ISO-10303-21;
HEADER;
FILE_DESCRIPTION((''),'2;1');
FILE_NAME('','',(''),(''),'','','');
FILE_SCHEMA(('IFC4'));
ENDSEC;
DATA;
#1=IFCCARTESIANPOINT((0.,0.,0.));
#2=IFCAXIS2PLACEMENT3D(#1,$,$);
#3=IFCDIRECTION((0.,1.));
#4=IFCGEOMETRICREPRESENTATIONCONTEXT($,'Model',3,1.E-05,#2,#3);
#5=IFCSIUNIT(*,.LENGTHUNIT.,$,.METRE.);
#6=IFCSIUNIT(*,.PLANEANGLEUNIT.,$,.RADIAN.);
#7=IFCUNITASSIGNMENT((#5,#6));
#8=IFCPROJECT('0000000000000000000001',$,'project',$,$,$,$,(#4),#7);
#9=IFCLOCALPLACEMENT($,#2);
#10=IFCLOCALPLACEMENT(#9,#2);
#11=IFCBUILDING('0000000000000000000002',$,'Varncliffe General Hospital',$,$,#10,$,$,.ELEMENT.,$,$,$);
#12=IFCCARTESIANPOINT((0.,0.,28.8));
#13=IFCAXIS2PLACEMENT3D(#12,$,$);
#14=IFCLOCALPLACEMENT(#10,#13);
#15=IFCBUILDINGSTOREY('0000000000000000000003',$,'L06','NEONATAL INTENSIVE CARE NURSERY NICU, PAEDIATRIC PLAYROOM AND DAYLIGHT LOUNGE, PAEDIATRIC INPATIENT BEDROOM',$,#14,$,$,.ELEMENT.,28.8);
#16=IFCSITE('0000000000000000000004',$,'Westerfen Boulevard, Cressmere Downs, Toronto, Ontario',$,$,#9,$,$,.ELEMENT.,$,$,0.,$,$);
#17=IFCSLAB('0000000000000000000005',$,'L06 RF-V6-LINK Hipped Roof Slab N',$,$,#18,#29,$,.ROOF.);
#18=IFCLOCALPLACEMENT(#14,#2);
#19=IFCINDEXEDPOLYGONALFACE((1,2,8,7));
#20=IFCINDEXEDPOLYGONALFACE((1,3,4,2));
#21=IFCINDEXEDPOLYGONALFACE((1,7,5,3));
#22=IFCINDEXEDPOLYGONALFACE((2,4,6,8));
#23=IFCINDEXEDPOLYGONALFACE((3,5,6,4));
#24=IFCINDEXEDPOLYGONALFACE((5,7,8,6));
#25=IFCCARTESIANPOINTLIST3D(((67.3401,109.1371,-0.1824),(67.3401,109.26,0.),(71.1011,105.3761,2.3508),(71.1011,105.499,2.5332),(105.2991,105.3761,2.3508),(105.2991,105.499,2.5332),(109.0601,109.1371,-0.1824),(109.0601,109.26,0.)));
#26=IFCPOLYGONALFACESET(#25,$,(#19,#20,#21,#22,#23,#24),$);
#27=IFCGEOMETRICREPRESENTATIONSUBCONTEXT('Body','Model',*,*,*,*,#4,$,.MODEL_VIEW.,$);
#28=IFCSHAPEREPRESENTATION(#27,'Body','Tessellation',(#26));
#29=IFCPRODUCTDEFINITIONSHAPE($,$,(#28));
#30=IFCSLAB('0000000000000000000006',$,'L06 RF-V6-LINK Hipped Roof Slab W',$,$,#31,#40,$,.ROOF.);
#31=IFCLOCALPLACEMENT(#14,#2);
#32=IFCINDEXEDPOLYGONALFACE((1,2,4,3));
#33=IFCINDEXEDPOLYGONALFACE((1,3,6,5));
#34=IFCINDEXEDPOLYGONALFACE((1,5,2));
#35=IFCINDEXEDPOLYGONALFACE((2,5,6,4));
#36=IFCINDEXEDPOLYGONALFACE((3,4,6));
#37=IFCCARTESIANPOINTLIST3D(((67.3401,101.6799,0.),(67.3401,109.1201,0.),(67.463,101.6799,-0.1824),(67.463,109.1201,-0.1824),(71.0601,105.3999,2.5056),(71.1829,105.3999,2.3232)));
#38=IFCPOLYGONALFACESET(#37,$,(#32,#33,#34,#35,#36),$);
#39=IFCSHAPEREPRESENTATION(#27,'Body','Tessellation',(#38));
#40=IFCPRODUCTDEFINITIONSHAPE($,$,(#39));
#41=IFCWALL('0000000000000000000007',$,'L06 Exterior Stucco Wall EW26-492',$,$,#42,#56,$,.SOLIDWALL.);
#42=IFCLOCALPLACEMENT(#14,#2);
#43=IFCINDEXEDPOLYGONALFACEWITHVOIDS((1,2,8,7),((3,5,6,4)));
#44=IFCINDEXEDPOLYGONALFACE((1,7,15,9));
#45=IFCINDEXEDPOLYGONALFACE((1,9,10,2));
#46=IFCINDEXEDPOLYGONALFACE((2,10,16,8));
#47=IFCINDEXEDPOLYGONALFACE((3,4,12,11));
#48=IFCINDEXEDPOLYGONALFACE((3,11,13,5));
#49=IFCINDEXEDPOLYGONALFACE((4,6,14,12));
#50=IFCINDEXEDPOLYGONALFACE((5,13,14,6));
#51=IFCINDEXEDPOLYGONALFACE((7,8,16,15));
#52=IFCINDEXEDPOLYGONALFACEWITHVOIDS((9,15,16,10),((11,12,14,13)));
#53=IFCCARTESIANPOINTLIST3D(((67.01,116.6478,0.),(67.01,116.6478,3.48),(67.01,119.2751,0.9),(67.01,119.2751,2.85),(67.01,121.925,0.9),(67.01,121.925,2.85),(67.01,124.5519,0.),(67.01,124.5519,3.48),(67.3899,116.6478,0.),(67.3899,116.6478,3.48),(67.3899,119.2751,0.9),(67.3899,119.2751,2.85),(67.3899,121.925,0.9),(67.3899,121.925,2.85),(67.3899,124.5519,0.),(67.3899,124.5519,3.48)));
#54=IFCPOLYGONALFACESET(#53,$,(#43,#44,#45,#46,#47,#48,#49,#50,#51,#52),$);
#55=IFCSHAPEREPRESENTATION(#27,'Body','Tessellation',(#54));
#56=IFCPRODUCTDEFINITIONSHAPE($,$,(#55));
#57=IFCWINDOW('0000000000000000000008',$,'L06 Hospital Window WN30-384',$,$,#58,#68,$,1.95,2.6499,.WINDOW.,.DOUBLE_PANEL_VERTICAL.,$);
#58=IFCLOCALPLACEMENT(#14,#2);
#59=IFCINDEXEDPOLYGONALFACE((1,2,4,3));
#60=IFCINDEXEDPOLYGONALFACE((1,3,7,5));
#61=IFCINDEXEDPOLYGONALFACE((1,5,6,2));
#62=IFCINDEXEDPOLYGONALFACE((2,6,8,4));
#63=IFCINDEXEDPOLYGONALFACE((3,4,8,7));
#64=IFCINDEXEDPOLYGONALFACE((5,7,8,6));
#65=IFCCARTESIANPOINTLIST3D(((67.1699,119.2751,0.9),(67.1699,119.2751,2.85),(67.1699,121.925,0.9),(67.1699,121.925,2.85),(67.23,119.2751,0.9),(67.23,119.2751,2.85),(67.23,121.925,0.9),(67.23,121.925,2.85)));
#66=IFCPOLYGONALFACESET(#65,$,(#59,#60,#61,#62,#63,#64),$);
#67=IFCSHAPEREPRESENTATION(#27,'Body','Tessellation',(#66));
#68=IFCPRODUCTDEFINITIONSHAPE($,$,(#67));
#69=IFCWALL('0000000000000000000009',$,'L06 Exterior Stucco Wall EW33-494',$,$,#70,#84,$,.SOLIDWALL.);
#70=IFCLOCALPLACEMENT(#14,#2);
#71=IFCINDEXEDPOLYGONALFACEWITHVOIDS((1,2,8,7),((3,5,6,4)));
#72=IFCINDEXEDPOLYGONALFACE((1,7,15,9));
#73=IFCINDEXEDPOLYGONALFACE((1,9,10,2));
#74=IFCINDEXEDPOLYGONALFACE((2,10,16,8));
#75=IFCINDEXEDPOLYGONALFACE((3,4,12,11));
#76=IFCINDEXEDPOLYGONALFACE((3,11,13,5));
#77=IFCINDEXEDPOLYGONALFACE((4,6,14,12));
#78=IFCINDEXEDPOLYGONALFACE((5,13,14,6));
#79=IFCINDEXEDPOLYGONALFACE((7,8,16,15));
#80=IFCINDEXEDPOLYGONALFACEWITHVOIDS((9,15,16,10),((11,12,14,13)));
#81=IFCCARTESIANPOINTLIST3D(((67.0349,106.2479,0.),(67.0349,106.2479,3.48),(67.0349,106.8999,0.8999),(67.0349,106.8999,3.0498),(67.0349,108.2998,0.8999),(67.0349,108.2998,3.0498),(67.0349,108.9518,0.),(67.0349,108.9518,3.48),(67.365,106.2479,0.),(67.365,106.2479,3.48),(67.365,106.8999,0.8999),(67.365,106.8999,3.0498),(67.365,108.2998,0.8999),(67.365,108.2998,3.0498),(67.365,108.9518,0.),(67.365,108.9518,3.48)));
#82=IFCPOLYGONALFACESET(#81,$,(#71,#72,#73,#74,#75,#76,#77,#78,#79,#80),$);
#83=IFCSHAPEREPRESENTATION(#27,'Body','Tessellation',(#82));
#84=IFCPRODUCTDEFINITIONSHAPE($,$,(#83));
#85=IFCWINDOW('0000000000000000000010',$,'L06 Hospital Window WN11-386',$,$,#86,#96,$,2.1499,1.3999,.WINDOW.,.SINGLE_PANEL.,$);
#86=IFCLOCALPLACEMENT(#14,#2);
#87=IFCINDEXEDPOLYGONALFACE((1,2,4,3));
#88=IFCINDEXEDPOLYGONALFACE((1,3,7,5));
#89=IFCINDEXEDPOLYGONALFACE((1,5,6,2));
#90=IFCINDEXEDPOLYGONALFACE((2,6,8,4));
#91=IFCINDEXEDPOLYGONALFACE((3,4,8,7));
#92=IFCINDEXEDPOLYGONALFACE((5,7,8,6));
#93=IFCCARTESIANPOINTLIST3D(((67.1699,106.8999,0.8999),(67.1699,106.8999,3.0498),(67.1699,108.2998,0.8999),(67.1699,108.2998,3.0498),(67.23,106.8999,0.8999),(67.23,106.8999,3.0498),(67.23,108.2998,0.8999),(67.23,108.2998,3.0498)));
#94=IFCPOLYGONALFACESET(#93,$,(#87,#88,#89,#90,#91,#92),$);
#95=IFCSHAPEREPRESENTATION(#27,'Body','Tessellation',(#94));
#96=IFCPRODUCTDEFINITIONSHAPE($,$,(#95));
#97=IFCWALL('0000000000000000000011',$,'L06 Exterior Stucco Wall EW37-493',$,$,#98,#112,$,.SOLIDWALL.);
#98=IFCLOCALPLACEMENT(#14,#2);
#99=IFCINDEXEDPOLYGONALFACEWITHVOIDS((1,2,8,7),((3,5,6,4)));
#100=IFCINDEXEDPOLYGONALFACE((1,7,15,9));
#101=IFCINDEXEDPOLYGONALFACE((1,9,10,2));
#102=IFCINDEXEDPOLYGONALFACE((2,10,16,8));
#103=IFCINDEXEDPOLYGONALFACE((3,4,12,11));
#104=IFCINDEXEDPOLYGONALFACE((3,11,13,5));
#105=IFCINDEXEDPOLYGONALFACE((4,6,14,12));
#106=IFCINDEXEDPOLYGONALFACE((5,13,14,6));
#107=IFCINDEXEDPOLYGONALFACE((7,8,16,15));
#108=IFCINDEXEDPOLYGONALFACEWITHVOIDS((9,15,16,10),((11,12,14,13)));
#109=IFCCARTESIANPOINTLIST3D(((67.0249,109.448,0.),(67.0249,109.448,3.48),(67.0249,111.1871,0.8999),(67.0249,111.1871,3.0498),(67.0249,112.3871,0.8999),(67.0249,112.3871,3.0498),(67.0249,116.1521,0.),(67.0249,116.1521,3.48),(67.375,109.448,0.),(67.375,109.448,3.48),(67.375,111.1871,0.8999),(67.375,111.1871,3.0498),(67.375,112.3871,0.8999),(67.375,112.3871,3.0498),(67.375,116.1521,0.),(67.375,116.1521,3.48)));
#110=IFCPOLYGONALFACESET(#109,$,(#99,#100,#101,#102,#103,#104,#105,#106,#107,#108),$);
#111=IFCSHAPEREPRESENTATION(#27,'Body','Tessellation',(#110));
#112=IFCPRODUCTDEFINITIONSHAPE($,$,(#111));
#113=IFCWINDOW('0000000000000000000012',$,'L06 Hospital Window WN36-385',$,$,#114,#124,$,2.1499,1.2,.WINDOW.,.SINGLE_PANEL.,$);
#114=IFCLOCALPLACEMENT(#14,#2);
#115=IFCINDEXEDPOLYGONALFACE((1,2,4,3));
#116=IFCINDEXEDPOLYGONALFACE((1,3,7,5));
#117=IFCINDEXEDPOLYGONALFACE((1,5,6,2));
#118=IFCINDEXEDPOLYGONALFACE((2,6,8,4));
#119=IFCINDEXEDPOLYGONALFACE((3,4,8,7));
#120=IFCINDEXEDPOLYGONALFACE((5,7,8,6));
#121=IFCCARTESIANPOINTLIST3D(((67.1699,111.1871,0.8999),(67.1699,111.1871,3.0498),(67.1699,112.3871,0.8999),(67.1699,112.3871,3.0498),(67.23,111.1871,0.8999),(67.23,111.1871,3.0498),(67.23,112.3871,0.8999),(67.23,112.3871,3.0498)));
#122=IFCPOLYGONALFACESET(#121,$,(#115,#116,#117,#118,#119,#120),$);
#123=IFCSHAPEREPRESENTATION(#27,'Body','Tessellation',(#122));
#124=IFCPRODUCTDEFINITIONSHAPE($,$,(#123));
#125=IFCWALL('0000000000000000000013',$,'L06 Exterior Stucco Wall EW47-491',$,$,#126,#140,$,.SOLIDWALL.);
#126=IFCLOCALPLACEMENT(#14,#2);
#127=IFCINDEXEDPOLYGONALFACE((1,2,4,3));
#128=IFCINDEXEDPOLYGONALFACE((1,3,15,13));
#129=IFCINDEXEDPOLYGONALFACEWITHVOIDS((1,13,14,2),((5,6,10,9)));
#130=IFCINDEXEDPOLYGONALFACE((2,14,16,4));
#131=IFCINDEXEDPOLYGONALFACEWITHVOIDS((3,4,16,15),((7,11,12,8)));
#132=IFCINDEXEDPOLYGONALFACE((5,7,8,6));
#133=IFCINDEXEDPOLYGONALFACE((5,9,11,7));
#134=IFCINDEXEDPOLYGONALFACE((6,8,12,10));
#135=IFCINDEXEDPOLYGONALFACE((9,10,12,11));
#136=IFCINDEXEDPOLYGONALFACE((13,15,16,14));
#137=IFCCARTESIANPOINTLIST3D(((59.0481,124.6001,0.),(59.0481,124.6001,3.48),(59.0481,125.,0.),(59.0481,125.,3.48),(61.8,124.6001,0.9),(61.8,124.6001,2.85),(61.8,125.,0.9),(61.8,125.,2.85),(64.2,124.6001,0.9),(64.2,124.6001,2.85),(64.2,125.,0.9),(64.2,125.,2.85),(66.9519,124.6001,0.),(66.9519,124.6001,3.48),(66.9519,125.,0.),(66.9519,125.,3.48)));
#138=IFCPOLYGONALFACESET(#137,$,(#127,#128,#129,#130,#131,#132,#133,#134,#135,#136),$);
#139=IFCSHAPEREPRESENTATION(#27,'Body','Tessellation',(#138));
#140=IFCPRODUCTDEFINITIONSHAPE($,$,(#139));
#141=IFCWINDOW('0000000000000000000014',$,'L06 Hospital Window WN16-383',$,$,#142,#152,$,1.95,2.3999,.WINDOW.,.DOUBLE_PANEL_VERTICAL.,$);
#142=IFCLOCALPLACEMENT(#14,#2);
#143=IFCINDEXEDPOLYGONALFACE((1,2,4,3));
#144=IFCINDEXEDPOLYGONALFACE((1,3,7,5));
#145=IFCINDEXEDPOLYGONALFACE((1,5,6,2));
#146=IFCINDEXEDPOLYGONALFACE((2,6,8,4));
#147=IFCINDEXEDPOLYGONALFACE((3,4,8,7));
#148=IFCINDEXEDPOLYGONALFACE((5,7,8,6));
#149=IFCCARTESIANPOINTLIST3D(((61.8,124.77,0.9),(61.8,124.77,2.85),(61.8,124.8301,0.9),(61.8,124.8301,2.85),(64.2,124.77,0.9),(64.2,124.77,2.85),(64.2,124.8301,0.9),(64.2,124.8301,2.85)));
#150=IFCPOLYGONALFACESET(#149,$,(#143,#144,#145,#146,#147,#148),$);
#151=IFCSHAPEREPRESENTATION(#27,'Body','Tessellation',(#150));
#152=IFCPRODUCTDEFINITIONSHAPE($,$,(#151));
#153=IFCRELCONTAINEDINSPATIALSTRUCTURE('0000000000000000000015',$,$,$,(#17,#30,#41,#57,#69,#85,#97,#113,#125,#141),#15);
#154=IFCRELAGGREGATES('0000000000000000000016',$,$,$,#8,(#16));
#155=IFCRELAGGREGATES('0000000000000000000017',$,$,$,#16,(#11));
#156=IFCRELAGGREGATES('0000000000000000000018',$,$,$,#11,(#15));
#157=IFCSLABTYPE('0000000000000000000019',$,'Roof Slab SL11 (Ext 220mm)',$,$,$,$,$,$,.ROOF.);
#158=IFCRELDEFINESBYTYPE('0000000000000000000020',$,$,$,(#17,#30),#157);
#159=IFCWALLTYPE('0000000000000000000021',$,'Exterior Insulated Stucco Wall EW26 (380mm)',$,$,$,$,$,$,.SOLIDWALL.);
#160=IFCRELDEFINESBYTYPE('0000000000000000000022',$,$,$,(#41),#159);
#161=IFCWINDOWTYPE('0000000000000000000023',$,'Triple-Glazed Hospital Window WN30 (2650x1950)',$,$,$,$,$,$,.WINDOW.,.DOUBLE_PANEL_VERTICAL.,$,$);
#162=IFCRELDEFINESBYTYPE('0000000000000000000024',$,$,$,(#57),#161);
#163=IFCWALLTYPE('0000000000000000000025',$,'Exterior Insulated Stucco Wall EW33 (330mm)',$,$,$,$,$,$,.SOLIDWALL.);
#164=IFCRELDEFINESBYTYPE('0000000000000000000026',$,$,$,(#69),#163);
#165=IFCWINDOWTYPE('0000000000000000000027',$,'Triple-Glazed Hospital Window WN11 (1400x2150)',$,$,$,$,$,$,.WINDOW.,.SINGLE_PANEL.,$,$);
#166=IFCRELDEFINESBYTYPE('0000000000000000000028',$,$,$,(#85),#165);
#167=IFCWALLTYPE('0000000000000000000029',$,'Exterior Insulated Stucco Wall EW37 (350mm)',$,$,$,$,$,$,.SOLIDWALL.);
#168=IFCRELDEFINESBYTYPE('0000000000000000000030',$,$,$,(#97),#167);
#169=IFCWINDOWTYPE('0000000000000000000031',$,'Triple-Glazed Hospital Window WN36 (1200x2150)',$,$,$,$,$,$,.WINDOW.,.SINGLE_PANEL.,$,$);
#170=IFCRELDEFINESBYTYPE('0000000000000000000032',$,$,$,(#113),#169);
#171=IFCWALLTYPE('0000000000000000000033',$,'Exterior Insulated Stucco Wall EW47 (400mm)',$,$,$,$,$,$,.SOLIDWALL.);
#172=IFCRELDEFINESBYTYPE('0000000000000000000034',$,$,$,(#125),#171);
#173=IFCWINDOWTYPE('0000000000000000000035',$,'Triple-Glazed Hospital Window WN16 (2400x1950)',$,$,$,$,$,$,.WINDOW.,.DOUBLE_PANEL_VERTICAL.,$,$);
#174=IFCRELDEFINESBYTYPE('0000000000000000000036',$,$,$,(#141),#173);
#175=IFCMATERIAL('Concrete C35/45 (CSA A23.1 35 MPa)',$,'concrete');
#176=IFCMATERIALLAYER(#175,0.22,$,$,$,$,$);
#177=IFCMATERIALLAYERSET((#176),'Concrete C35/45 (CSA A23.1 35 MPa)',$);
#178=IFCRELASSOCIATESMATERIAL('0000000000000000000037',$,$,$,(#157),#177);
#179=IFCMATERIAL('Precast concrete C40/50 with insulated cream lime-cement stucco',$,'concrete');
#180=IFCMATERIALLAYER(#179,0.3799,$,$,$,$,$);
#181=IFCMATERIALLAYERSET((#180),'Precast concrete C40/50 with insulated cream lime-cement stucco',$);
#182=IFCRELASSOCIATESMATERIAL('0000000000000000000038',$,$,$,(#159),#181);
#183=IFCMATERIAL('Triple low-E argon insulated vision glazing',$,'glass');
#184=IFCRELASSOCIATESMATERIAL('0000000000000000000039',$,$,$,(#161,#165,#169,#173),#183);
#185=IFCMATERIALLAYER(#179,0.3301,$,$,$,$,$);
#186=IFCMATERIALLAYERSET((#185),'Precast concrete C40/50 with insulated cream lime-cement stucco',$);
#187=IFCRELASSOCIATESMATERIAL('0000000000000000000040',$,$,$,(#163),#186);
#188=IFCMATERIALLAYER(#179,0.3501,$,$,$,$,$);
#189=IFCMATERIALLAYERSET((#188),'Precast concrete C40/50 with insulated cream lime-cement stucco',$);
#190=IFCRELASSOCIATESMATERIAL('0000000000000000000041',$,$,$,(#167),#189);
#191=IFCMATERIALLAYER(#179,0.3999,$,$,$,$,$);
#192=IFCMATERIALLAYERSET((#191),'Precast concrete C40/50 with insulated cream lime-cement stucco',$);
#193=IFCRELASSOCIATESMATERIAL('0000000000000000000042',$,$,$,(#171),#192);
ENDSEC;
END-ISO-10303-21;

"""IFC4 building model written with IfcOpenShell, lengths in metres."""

from ifc_helpers import new_model, si_unit, direction, frame, frame_2d, origin, place, context, subcontext, project, spatial, polyline, rectangle, outline, extrude, material, layer, layer_set, type_object, element, fill, save


model = new_model("IFC4")

# Units and contexts
model_context = context("Model", 3, precision=1e-05, world=origin(), true_north=direction((0.0, 1.0)))
body_context = subcontext(model_context, "Body", "Model", "MODEL_VIEW")
ifc_project = project(units=[si_unit("LENGTHUNIT", "METRE"), si_unit("PLANEANGLEUNIT", "RADIAN")], contexts=[model_context])

# Site, building, storey
site_placement = place(None, origin())
site = spatial("IfcSite", under=ifc_project, at=site_placement, Name="Westerfen Boulevard, Cressmere Downs, Toronto, Ontario", CompositionType="ELEMENT", RefElevation=0.0)
building_placement = place(site_placement, origin())
building = spatial("IfcBuilding", under=site, at=building_placement, Name="Varncliffe General Hospital", CompositionType="ELEMENT")
storey_placement = place(building_placement, frame((0.0, 0.0, 28.8)))
storey = spatial("IfcBuildingStorey", under=building, at=storey_placement, Name="L06", Description="NEONATAL INTENSIVE CARE NURSERY NICU, PAEDIATRIC PLAYROOM AND DAYLIGHT LOUNGE, PAEDIATRIC INPATIENT BEDROOM", CompositionType="ELEMENT", Elevation=28.8)

# Shared definitions
ifc_material_1 = material(Name="Concrete C35/45 (CSA A23.1 35 MPa)", Category="concrete")

# Slabs
ifc_layer_1 = layer(ifc_material_1, 0.22)
ifc_layer_set_1 = layer_set([ifc_layer_1], Name="Concrete C35/45 (CSA A23.1 35 MPa)")
slab_type = type_object("IfcSlabType", Name="Roof Slab SL11 (Ext 220mm)", PredefinedType="ROOF", material=ifc_layer_set_1)
slab_1_placement = place(storey_placement, frame((109.0601, 109.26, 0.0), z_axis=(0.0, 0.558645, 0.829407), x_axis=(-1.0, 0.0, 0.0)))
element("IfcSlab", 1, at=slab_1_placement, inside=storey, type_object=slab_type, Name="L06 RF-V6-LINK Hipped Roof Slab N", PredefinedType="ROOF", context=body_context, shape_type="SweptSolid", body=[
    extrude(outline(polyline([(0.0, 0.0), (41.72, 0.0), (37.959, 4.5345), (3.761, 4.5345), (0.0, 0.0)])), origin(), (0.0, 0.0, -1.0), 0.22),
])
slab_2_placement = place(storey_placement, frame((67.3401, 109.1201, 0.0), z_axis=(-0.558651, 0.0, 0.829403), x_axis=(0.0, -1.0, 0.0)))
element("IfcSlab", 2, at=slab_2_placement, inside=storey, type_object=slab_type, Name="L06 RF-V6-LINK Hipped Roof Slab W", PredefinedType="ROOF", context=body_context, shape_type="SweptSolid", body=[
    extrude(outline(polyline([(0.0, 0.0), (7.4402, 0.0), (3.7202, 4.4851), (0.0, 0.0)])), origin(), (0.0, 0.0, -1.0), 0.22),
])

# Walls, openings, windows
ifc_material_2 = material(Name="Precast concrete C40/50 with insulated cream lime-cement stucco", Category="concrete")
ifc_layer_2 = layer(ifc_material_2, 0.3799)
ifc_layer_set_2 = layer_set([ifc_layer_2], Name="Precast concrete C40/50 with insulated cream lime-cement stucco")
wall_type_1 = type_object("IfcWallType", Name="Exterior Insulated Stucco Wall EW26 (380mm)", PredefinedType="SOLIDWALL", material=ifc_layer_set_2)
wall_1_placement = place(storey_placement, frame((67.2, 124.552, 0.0), z_axis=(0.0, 0.0, 1.0), x_axis=(0.0, -1.0, 0.0)))
wall_1 = element("IfcWall", 3, at=wall_1_placement, inside=storey, type_object=wall_type_1, Name="L06 Exterior Stucco Wall EW26-492", PredefinedType="SOLIDWALL", context=body_context, shape_type="SweptSolid", body=[
    extrude(rectangle(XDim=7.9041, YDim=0.3799, at=frame_2d((3.9521, 0.0))), origin(), (0.0, 0.0, 1.0), 3.48),
])
opening_1_placement = place(wall_1_placement, frame((2.627, 0.0, 0.8999)))
opening_1 = element("IfcOpeningElement", 4, at=opening_1_placement, cuts=wall_1, PredefinedType="OPENING", context=body_context, shape_type="SweptSolid", body=[
    extrude(rectangle(XDim=2.6499, YDim=1.95, at=frame_2d((1.325, 0.9751))), frame((0.0, 0.2, 0.0), z_axis=(0.0, -1.0, 0.0), x_axis=(1.0, 0.0, 0.0)), (0.0, 0.0, 1.0), 0.3999),
])
ifc_material_3 = material(Name="Triple low-E argon insulated vision glazing", Category="glass")
window_type_1 = type_object("IfcWindowType", Name="Triple-Glazed Hospital Window WN30 (2650x1950)", PartitioningType="DOUBLE_PANEL_VERTICAL", PredefinedType="WINDOW", material=ifc_material_3)
window_1_placement = place(opening_1_placement, origin())
window_1 = element("IfcWindow", 5, at=window_1_placement, inside=storey, type_object=window_type_1, Name="L06 Hospital Window WN30-384", OverallHeight=1.95, OverallWidth=2.6499, PartitioningType="DOUBLE_PANEL_VERTICAL", PredefinedType="WINDOW", context=body_context, shape_type="SweptSolid", body=[
    extrude(rectangle(XDim=2.6499, YDim=1.95, at=frame_2d((1.325, 0.9751))), frame((0.0, 0.03, 0.0), z_axis=(0.0, -1.0, 0.0), x_axis=(1.0, 0.0, 0.0)), (0.0, 0.0, 1.0), 0.0601),
])
fill(opening_1, window_1)
ifc_layer_3 = layer(ifc_material_2, 0.3301)
ifc_layer_set_3 = layer_set([ifc_layer_3], Name="Precast concrete C40/50 with insulated cream lime-cement stucco")
wall_type_2 = type_object("IfcWallType", Name="Exterior Insulated Stucco Wall EW33 (330mm)", PredefinedType="SOLIDWALL", material=ifc_layer_set_3)
wall_2_placement = place(storey_placement, frame((67.2, 108.9519, 0.0), z_axis=(0.0, 0.0, 1.0), x_axis=(0.0, -1.0, 0.0)))
wall_2 = element("IfcWall", 6, at=wall_2_placement, inside=storey, type_object=wall_type_2, Name="L06 Exterior Stucco Wall EW33-494", PredefinedType="SOLIDWALL", context=body_context, shape_type="SweptSolid", body=[
    extrude(rectangle(XDim=2.7039, YDim=0.3301, at=frame_2d((1.3521, 0.0))), origin(), (0.0, 0.0, 1.0), 3.48),
])
opening_2_placement = place(wall_2_placement, frame((0.6521, 0.0, 0.8999)))
opening_2 = element("IfcOpeningElement", 7, at=opening_2_placement, cuts=wall_2, PredefinedType="OPENING", context=body_context, shape_type="SweptSolid", body=[
    extrude(rectangle(XDim=1.3999, YDim=2.1499, at=frame_2d((0.7, 1.075))), frame((0.0, 0.175, 0.0), z_axis=(0.0, -1.0, 0.0), x_axis=(1.0, 0.0, 0.0)), (0.0, 0.0, 1.0), 0.3501),
])
window_type_2 = type_object("IfcWindowType", Name="Triple-Glazed Hospital Window WN11 (1400x2150)", PartitioningType="SINGLE_PANEL", PredefinedType="WINDOW", material=ifc_material_3)
window_2_placement = place(opening_2_placement, origin())
window_2 = element("IfcWindow", 8, at=window_2_placement, inside=storey, type_object=window_type_2, Name="L06 Hospital Window WN11-386", OverallHeight=2.1499, OverallWidth=1.3999, PartitioningType="SINGLE_PANEL", PredefinedType="WINDOW", context=body_context, shape_type="SweptSolid", body=[
    extrude(rectangle(XDim=1.3999, YDim=2.1499, at=frame_2d((0.7, 1.075))), frame((0.0, 0.03, 0.0), z_axis=(0.0, -1.0, 0.0), x_axis=(1.0, 0.0, 0.0)), (0.0, 0.0, 1.0), 0.0601),
])
fill(opening_2, window_2)
ifc_layer_4 = layer(ifc_material_2, 0.3501)
ifc_layer_set_4 = layer_set([ifc_layer_4], Name="Precast concrete C40/50 with insulated cream lime-cement stucco")
wall_type_3 = type_object("IfcWallType", Name="Exterior Insulated Stucco Wall EW37 (350mm)", PredefinedType="SOLIDWALL", material=ifc_layer_set_4)
wall_3_placement = place(storey_placement, frame((67.2, 116.1521, 0.0), z_axis=(0.0, 0.0, 1.0), x_axis=(0.0, -1.0, 0.0)))
wall_3 = element("IfcWall", 9, at=wall_3_placement, inside=storey, type_object=wall_type_3, Name="L06 Exterior Stucco Wall EW37-493", PredefinedType="SOLIDWALL", context=body_context, shape_type="SweptSolid", body=[
    extrude(rectangle(XDim=6.7041, YDim=0.3501, at=frame_2d((3.3521, 0.0))), origin(), (0.0, 0.0, 1.0), 3.48),
])
opening_3_placement = place(wall_3_placement, frame((3.7649, 0.0, 0.8999)))
opening_3 = element("IfcOpeningElement", 10, at=opening_3_placement, cuts=wall_3, PredefinedType="OPENING", context=body_context, shape_type="SweptSolid", body=[
    extrude(rectangle(XDim=1.2, YDim=2.1499, at=frame_2d((0.6001, 1.075))), frame((0.0, 0.1851, 0.0), z_axis=(0.0, -1.0, 0.0), x_axis=(1.0, 0.0, 0.0)), (0.0, 0.0, 1.0), 0.3701),
])
window_type_3 = type_object("IfcWindowType", Name="Triple-Glazed Hospital Window WN36 (1200x2150)", PartitioningType="SINGLE_PANEL", PredefinedType="WINDOW", material=ifc_material_3)
window_3_placement = place(opening_3_placement, origin())
window_3 = element("IfcWindow", 11, at=window_3_placement, inside=storey, type_object=window_type_3, Name="L06 Hospital Window WN36-385", OverallHeight=2.1499, OverallWidth=1.2, PartitioningType="SINGLE_PANEL", PredefinedType="WINDOW", context=body_context, shape_type="SweptSolid", body=[
    extrude(rectangle(XDim=1.2, YDim=2.1499, at=frame_2d((0.6001, 1.075))), frame((0.0, 0.03, 0.0), z_axis=(0.0, -1.0, 0.0), x_axis=(1.0, 0.0, 0.0)), (0.0, 0.0, 1.0), 0.0601),
])
fill(opening_3, window_3)
ifc_layer_5 = layer(ifc_material_2, 0.3999)
ifc_layer_set_5 = layer_set([ifc_layer_5], Name="Precast concrete C40/50 with insulated cream lime-cement stucco")
wall_type_4 = type_object("IfcWallType", Name="Exterior Insulated Stucco Wall EW47 (400mm)", PredefinedType="SOLIDWALL", material=ifc_layer_set_5)
wall_4_placement = place(storey_placement, frame((59.0481, 124.8, 0.0), z_axis=(0.0, 0.0, 1.0), x_axis=(1.0, 0.0, 0.0)))
wall_4 = element("IfcWall", 12, at=wall_4_placement, inside=storey, type_object=wall_type_4, Name="L06 Exterior Stucco Wall EW47-491", PredefinedType="SOLIDWALL", context=body_context, shape_type="SweptSolid", body=[
    extrude(rectangle(XDim=7.9038, YDim=0.3999, at=frame_2d((3.9519, 0.0))), origin(), (0.0, 0.0, 1.0), 3.48),
])
opening_4_placement = place(wall_4_placement, frame((2.752, 0.0, 0.8999)))
opening_4 = element("IfcOpeningElement", 13, at=opening_4_placement, cuts=wall_4, PredefinedType="OPENING", context=body_context, shape_type="SweptSolid", body=[
    extrude(rectangle(XDim=2.3999, YDim=1.95, at=frame_2d((1.2, 0.9751))), frame((0.0, 0.21, 0.0), z_axis=(0.0, -1.0, 0.0), x_axis=(1.0, 0.0, 0.0)), (0.0, 0.0, 1.0), 0.4199),
])
window_type_4 = type_object("IfcWindowType", Name="Triple-Glazed Hospital Window WN16 (2400x1950)", PartitioningType="DOUBLE_PANEL_VERTICAL", PredefinedType="WINDOW", material=ifc_material_3)
window_4_placement = place(opening_4_placement, origin())
window_4 = element("IfcWindow", 14, at=window_4_placement, inside=storey, type_object=window_type_4, Name="L06 Hospital Window WN16-383", OverallHeight=1.95, OverallWidth=2.3999, PartitioningType="DOUBLE_PANEL_VERTICAL", PredefinedType="WINDOW", context=body_context, shape_type="SweptSolid", body=[
    extrude(rectangle(XDim=2.3999, YDim=1.95, at=frame_2d((1.2, 0.9751))), frame((0.0, 0.03, 0.0), z_axis=(0.0, -1.0, 0.0), x_axis=(1.0, 0.0, 0.0)), (0.0, 0.0, 1.0), 0.0601),
])
fill(opening_4, window_4)

save(model, "model.ifc")
